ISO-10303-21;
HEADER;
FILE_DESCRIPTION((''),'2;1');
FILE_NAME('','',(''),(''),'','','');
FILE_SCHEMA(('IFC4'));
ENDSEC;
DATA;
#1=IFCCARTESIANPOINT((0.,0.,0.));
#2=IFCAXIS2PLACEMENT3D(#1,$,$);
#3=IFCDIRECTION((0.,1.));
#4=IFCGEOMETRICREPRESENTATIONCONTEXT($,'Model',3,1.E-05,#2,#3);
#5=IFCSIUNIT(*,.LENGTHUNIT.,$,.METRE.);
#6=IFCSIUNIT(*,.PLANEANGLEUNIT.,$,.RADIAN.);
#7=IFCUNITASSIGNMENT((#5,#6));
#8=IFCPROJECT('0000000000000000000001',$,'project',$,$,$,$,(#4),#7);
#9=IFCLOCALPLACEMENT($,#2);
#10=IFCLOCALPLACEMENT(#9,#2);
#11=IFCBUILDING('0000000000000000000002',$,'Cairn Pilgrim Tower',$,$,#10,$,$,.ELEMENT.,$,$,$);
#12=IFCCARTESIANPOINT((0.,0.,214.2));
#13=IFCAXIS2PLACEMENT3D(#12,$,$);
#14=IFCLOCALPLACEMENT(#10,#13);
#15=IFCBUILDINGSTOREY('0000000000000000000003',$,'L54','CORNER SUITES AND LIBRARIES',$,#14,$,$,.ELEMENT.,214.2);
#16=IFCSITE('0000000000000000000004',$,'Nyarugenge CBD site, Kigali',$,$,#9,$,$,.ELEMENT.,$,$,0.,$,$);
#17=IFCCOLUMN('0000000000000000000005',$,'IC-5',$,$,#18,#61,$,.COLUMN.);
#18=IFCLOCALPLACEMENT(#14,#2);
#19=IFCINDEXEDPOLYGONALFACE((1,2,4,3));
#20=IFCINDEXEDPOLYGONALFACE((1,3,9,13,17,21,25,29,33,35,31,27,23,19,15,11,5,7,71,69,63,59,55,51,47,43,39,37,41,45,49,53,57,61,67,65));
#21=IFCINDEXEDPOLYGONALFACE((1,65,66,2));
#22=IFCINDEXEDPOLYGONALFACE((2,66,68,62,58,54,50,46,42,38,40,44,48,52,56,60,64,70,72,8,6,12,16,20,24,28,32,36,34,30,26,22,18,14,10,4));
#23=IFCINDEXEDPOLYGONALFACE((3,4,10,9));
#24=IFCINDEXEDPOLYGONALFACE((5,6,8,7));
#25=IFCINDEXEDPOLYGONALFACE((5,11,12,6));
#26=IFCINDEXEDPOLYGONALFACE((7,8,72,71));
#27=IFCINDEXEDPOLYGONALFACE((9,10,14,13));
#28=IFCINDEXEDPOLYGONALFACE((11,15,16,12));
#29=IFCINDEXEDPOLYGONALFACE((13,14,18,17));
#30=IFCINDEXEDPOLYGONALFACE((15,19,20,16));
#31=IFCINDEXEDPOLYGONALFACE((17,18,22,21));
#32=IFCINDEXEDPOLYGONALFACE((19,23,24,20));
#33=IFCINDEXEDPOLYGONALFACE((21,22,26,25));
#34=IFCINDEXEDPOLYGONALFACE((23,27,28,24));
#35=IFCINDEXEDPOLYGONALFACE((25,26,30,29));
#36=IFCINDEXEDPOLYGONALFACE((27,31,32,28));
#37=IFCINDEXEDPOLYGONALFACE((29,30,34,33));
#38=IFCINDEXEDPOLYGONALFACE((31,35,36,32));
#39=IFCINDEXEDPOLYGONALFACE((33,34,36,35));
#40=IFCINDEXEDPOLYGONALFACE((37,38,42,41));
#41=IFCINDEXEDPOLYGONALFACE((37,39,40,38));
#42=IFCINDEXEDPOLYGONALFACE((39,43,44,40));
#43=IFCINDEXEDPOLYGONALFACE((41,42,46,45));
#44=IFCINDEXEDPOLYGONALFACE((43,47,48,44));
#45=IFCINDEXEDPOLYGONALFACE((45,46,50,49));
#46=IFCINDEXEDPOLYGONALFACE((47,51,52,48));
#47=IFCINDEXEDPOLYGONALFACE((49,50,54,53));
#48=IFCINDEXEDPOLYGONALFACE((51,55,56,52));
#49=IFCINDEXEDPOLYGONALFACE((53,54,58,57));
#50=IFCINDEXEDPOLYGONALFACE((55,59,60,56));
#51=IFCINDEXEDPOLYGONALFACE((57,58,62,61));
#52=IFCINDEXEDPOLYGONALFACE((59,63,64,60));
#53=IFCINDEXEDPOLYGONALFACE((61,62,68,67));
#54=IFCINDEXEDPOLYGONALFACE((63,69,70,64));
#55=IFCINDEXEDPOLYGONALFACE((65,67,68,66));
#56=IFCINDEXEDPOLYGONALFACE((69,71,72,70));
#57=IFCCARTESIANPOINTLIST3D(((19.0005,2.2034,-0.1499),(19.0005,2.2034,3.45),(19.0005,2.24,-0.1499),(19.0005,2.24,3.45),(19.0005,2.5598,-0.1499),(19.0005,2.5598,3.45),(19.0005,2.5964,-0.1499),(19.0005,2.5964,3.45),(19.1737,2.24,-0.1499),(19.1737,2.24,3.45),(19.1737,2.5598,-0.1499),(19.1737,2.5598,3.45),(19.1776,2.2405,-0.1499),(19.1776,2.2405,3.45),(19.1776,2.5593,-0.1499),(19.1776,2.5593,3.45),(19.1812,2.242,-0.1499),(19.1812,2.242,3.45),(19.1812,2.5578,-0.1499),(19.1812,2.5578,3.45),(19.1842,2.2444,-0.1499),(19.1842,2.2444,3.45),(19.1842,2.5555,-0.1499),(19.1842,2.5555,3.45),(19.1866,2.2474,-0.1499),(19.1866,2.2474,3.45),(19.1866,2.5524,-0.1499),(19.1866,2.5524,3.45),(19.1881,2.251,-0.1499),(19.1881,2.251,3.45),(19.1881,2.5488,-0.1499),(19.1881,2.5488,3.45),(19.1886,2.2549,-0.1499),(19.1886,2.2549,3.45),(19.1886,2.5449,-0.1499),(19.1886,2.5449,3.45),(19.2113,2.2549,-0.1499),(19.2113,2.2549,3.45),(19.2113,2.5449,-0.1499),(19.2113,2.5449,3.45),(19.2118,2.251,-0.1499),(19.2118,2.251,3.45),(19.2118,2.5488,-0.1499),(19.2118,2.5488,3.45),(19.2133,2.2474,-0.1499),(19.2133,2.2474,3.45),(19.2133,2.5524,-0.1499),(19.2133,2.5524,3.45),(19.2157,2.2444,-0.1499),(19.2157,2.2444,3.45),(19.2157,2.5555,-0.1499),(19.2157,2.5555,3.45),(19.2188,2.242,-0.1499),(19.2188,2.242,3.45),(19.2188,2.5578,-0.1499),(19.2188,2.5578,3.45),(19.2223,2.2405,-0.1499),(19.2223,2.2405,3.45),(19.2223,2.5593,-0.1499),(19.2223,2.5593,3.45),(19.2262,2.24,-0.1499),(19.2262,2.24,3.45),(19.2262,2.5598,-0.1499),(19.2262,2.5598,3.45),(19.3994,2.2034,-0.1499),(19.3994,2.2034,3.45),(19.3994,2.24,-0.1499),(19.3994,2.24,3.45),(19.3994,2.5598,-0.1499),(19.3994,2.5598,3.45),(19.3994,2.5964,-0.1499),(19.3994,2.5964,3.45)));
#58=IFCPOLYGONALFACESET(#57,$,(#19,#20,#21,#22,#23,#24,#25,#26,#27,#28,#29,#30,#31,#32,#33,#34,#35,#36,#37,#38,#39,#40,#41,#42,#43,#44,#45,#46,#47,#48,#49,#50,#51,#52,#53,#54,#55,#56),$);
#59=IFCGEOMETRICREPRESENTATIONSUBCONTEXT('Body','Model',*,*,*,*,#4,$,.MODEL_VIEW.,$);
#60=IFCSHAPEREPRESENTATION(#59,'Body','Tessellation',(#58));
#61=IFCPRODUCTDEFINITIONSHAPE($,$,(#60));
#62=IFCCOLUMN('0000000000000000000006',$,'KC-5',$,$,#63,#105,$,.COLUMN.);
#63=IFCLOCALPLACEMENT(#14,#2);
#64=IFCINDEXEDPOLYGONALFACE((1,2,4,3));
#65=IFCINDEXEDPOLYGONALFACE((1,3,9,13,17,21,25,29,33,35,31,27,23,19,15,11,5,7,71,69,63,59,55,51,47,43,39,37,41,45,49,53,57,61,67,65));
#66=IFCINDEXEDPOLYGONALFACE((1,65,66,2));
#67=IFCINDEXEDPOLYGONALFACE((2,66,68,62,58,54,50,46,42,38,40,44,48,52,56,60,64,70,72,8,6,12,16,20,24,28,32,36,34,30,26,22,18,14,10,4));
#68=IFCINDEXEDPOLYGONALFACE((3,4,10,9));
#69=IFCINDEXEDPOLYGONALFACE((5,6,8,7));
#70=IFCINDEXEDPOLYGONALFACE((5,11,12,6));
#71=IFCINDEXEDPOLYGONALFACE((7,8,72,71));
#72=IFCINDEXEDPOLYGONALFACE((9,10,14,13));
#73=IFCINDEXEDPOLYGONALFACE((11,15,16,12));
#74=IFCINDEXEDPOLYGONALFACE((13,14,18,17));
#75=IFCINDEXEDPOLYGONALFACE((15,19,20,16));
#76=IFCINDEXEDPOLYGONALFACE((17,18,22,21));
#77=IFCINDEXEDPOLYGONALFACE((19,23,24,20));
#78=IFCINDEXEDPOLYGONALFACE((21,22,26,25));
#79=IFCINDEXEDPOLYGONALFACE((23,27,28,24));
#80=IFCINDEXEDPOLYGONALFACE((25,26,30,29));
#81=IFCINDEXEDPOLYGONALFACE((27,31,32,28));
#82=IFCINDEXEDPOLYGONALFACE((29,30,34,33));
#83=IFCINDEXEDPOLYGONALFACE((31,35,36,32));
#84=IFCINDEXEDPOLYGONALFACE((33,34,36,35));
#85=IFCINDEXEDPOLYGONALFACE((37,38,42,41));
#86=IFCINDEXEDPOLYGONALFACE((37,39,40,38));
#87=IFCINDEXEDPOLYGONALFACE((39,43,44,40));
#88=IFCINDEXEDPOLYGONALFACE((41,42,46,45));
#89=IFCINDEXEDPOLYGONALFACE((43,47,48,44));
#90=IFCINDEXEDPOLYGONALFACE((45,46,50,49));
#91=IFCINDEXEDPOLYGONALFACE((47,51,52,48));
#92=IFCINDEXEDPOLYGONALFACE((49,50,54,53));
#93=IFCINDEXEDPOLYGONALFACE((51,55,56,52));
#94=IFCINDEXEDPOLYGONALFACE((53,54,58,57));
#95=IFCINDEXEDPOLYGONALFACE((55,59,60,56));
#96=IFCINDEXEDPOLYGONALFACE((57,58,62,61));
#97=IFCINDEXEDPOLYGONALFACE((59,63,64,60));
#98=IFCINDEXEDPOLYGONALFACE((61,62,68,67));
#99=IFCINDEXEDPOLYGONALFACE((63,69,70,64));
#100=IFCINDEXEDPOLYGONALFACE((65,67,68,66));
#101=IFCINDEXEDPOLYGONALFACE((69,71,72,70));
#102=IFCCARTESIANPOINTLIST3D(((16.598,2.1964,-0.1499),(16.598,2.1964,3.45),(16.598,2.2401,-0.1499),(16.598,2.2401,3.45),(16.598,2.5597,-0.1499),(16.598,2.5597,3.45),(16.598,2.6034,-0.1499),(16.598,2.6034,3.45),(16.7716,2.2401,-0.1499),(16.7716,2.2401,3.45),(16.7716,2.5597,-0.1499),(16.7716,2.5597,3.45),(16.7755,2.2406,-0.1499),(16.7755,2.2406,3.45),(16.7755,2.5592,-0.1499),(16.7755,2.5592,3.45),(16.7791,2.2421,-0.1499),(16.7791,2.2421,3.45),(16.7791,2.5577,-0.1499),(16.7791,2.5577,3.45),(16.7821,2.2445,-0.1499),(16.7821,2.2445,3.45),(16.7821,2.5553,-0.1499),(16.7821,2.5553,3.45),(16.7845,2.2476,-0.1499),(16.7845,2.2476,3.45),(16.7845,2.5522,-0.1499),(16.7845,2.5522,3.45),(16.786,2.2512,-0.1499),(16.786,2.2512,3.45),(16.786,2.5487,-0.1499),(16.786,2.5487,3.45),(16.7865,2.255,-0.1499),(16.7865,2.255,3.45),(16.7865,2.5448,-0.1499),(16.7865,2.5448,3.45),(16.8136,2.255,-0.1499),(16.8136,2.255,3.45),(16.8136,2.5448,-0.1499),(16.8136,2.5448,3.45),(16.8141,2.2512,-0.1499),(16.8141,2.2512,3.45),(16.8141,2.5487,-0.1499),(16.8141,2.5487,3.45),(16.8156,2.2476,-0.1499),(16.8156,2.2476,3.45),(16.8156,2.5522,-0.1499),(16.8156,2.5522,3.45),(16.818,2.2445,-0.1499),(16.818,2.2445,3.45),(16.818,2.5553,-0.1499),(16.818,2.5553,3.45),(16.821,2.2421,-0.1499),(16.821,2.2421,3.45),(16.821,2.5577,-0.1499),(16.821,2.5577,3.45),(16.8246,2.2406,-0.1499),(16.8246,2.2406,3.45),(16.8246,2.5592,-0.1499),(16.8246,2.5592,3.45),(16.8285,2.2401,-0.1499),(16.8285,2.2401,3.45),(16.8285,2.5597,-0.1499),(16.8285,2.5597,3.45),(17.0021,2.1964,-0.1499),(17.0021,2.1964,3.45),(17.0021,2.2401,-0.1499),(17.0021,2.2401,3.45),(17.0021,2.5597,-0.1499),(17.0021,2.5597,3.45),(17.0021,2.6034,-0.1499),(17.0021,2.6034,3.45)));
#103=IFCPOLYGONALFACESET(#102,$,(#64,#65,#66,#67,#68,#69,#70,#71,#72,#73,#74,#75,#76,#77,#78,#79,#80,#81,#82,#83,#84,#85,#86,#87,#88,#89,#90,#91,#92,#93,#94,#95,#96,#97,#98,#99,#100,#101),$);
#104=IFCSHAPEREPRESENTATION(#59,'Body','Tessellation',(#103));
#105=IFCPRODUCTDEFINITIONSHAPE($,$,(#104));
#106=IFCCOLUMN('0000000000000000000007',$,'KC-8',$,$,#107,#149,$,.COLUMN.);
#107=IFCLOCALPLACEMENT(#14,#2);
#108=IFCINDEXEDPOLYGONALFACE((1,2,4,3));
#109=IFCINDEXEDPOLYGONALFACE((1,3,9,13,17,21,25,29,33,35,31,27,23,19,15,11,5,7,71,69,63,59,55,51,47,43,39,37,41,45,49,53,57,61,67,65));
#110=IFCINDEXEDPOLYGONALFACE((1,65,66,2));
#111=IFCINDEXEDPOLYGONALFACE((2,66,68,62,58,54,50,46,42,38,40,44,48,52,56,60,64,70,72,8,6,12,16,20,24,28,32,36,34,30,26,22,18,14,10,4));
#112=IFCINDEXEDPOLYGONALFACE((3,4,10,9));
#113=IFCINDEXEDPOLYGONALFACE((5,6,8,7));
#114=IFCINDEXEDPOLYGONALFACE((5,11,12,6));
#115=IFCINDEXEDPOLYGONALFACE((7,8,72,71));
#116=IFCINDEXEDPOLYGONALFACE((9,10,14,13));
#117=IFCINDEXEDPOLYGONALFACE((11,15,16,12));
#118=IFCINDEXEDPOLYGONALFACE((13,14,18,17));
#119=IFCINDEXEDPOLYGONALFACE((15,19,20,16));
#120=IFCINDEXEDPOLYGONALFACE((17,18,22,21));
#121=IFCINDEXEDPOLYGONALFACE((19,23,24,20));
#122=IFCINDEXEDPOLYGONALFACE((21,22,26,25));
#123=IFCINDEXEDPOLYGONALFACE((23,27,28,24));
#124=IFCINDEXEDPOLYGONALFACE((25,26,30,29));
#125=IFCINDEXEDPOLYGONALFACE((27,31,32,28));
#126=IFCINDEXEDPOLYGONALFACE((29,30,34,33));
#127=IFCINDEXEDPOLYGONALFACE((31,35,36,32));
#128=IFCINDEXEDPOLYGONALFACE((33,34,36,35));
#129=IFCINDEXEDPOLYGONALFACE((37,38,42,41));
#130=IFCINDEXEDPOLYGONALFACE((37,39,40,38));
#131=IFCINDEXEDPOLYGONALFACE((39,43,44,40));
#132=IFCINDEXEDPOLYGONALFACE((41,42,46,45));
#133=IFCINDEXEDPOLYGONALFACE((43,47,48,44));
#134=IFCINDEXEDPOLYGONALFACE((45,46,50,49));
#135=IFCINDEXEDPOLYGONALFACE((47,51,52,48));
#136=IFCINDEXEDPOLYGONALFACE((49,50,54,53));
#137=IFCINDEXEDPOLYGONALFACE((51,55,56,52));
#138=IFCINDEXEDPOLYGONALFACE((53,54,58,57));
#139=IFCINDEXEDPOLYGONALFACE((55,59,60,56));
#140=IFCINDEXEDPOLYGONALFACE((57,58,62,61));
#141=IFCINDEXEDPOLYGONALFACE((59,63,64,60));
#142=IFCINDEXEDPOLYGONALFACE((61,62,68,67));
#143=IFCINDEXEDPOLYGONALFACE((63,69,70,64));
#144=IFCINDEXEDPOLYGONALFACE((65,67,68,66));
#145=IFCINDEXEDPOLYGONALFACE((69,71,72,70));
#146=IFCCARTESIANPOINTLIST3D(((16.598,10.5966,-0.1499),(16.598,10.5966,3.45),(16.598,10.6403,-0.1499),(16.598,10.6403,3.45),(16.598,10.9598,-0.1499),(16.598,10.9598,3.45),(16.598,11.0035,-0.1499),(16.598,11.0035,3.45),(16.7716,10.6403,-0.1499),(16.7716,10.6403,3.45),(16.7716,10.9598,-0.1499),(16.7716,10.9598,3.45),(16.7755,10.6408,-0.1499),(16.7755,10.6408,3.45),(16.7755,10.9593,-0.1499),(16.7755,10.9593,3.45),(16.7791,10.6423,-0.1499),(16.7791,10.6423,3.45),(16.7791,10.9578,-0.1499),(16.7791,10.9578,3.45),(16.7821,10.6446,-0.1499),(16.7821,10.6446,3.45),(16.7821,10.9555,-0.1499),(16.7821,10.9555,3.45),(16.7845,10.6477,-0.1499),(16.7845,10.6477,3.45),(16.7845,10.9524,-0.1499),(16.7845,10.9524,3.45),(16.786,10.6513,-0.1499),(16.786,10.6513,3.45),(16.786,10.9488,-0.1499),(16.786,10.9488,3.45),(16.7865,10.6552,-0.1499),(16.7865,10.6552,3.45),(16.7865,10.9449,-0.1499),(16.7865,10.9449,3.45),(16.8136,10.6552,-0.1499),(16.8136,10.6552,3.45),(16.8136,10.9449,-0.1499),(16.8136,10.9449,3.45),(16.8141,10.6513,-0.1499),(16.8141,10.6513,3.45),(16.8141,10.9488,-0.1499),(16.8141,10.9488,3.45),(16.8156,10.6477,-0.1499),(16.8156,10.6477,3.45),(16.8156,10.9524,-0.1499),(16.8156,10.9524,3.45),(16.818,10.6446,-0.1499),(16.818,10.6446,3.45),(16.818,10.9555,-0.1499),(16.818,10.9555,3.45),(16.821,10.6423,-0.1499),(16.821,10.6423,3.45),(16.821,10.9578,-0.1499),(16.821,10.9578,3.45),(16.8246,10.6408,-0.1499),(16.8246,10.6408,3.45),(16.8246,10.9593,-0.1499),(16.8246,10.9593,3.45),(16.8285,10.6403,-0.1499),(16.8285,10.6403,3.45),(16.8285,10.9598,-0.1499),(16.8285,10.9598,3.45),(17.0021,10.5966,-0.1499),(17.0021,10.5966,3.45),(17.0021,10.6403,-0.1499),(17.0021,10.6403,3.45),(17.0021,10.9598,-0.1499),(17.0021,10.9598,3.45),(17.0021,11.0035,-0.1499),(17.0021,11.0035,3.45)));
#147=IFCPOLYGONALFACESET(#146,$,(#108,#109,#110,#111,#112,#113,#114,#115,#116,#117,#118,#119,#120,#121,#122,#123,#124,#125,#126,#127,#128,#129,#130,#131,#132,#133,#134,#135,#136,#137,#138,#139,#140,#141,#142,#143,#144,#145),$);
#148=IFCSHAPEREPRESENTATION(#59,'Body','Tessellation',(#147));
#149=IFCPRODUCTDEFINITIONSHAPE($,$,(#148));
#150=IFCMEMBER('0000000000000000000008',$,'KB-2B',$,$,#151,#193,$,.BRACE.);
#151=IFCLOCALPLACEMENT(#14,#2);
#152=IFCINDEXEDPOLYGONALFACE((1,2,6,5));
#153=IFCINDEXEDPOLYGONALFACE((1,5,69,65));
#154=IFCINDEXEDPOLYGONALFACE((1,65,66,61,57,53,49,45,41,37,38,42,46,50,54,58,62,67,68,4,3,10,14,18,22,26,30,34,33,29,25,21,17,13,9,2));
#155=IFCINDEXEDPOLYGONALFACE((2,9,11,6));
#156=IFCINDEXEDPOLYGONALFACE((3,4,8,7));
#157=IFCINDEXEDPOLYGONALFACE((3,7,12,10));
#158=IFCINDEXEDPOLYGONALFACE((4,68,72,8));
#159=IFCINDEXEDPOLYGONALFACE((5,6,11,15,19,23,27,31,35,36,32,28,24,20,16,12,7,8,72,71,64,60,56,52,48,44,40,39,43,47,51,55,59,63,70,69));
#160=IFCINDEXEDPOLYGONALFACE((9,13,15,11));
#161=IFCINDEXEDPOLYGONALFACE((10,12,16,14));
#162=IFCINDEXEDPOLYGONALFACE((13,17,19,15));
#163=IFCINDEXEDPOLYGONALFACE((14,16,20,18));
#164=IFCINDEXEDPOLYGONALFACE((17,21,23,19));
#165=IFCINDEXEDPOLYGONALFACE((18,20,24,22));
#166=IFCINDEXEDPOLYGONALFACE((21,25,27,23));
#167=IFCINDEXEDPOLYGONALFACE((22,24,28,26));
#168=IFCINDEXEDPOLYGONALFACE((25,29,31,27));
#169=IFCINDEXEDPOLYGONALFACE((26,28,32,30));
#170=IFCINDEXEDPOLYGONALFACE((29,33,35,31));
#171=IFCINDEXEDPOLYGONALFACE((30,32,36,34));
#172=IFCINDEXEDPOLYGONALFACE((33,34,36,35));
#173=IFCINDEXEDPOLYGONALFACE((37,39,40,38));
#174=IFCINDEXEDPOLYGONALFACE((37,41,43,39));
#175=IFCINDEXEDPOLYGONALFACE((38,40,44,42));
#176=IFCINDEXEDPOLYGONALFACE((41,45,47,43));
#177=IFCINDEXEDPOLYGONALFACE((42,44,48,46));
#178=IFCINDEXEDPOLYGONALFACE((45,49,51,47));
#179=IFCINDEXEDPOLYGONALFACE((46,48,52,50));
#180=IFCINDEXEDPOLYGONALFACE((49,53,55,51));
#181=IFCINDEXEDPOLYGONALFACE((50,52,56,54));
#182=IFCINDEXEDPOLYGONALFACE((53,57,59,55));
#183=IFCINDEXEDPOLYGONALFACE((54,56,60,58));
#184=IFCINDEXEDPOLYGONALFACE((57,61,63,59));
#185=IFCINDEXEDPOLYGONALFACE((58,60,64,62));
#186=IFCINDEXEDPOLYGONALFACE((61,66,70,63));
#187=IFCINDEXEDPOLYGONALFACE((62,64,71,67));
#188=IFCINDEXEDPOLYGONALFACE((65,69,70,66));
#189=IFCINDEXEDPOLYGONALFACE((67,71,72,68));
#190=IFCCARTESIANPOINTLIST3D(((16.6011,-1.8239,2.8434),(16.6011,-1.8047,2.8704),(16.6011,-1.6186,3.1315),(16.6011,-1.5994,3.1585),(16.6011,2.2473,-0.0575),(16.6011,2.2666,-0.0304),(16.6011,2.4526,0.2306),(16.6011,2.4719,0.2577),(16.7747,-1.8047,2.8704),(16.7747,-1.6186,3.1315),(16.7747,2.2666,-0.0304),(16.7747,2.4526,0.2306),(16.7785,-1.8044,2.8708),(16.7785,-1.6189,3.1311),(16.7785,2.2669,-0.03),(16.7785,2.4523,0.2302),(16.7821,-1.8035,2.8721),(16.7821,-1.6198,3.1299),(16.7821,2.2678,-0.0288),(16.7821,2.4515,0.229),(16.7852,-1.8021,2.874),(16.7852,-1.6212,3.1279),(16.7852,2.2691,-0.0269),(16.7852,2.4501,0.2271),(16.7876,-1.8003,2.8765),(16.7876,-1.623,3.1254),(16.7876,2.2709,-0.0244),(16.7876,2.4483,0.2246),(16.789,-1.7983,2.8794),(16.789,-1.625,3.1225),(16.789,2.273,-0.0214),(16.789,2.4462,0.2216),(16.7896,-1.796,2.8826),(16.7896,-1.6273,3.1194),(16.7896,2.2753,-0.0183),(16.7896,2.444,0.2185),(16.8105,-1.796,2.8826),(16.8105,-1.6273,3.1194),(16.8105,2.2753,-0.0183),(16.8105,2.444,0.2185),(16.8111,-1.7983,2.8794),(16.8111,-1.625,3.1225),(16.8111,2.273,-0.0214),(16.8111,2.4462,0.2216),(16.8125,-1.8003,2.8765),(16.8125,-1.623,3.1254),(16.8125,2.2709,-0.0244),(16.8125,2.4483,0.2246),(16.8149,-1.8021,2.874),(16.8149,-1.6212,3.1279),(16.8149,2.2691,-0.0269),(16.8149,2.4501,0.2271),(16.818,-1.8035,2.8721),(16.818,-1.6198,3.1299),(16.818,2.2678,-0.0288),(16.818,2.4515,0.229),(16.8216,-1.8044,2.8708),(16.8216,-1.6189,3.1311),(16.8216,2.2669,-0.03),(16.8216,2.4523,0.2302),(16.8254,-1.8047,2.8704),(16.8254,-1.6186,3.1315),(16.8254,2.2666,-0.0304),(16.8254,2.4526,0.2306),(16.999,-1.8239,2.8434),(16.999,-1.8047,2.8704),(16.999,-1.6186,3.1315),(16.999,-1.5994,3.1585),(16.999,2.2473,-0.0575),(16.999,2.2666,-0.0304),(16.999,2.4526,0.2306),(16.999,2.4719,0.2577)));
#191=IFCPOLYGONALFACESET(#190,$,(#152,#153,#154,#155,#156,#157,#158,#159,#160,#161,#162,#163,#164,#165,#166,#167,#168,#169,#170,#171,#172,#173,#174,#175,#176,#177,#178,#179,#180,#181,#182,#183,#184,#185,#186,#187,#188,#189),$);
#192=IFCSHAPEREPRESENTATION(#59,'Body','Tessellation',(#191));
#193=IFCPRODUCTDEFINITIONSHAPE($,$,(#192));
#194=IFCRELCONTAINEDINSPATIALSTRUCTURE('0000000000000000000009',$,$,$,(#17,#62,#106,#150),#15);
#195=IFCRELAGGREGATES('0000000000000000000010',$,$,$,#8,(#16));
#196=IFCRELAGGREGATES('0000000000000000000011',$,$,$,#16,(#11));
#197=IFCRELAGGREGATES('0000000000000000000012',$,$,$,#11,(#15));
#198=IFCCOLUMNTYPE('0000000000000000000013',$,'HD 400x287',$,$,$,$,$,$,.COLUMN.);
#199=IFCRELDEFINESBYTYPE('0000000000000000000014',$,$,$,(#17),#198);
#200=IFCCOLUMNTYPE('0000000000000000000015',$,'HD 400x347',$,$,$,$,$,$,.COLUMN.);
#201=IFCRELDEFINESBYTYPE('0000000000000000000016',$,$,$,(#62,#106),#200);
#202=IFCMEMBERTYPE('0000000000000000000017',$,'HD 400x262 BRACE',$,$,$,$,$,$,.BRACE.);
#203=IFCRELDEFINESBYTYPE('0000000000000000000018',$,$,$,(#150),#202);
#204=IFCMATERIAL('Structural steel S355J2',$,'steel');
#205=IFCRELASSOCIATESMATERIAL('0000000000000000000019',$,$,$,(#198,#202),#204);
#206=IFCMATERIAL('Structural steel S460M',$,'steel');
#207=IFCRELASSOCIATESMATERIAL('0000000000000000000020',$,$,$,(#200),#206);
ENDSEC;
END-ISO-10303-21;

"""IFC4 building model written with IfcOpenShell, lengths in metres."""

from ifc_helpers import new_model, si_unit, direction, frame, origin, origin_2d, place, context, subcontext, project, spatial, i_section, extrude, material, material_profile, profile_set, type_object, element, save


model = new_model("IFC4")

# Units and contexts
model_context = context("Model", 3, precision=1e-05, world=origin(), true_north=direction((0.0, 1.0)))
body_context = subcontext(model_context, "Body", "Model", "MODEL_VIEW")
ifc_project = project(units=[si_unit("LENGTHUNIT", "METRE"), si_unit("PLANEANGLEUNIT", "RADIAN")], contexts=[model_context])

# Site, building, storey
site_placement = place(None, origin())
site = spatial("IfcSite", under=ifc_project, at=site_placement, Name="Nyarugenge CBD site, Kigali", CompositionType="ELEMENT", RefElevation=0.0)
building_placement = place(site_placement, origin())
building = spatial("IfcBuilding", under=site, at=building_placement, Name="Cairn Pilgrim Tower", CompositionType="ELEMENT")
storey_placement = place(building_placement, frame((0.0, 0.0, 214.2)))
storey = spatial("IfcBuildingStorey", under=building, at=storey_placement, Name="L54", Description="CORNER SUITES AND LIBRARIES", CompositionType="ELEMENT", Elevation=214.2)

# Columns
ifc_material_1 = material(Name="Structural steel S355J2", Category="steel")
ifc_material_profile_1 = material_profile(ifc_material_1, i_section(OverallWidth=0.3989, OverallDepth=0.3931, WebThickness=0.0227, FlangeThickness=0.0366, FilletRadius=0.0149, at=origin_2d()), Name="HD 400x287")
ifc_profile_set_1 = profile_set([ifc_material_profile_1], Name="Structural steel S355J2")
column_type_1 = type_object("IfcColumnType", Name="HD 400x287", PredefinedType="COLUMN", material=ifc_profile_set_1)
column_placement = place(storey_placement, frame((19.2, 2.3999, -0.1499), z_axis=(0.0, 0.0, 1.0), x_axis=(1.0, 0.0, 0.0)))
element("IfcColumn", 1, at=column_placement, inside=storey, type_object=column_type_1, Name="IC-5", PredefinedType="COLUMN", context=body_context, shape_type="SweptSolid", body=[
    extrude(i_section(OverallWidth=0.3989, OverallDepth=0.3931, WebThickness=0.0227, FlangeThickness=0.0366, FilletRadius=0.0149, at=origin_2d()), origin(), (0.0, 0.0, 1.0), 3.5999),
])
ifc_material_2 = material(Name="Structural steel S460M", Category="steel")
ifc_material_profile_2 = material_profile(ifc_material_2, i_section(OverallWidth=0.4041, OverallDepth=0.407, WebThickness=0.0271, FlangeThickness=0.0437, FilletRadius=0.0149, at=origin_2d()), Name="HD 400x347")
ifc_profile_set_2 = profile_set([ifc_material_profile_2], Name="Structural steel S460M")
column_type_2 = type_object("IfcColumnType", Name="HD 400x347", PredefinedType="COLUMN", material=ifc_profile_set_2)
for number, where, z_axis, x_axis, name in (
    (2, (16.8, 2.3999, -0.1499), (0.0, 0.0, 1.0), (1.0, 0.0, 0.0), "KC-5"),
    (3, (16.8, 10.8, -0.1499), (0.0, 0.0, 1.0), (1.0, 0.0, 0.0), "KC-8"),
):
    element("IfcColumn", number, at=place(storey_placement, frame(where, z_axis=z_axis, x_axis=x_axis)), inside=storey, type_object=column_type_2, Name=name, PredefinedType="COLUMN", context=body_context, shape_type="SweptSolid", body=[
        extrude(i_section(OverallWidth=0.4041, OverallDepth=0.407, WebThickness=0.0271, FlangeThickness=0.0437, FilletRadius=0.0149, at=origin_2d()), origin(), (0.0, 0.0, 1.0), 3.5999),
    ])

# Member
ifc_material_profile_3 = material_profile(ifc_material_1, i_section(OverallWidth=0.3979, OverallDepth=0.387, WebThickness=0.021, FlangeThickness=0.0332, FilletRadius=0.0149, at=origin_2d()), Name="HD 400x262")
ifc_profile_set_3 = profile_set([ifc_material_profile_3], Name="Structural steel S355J2")
member_type = type_object("IfcMemberType", Name="HD 400x262 BRACE", PredefinedType="BRACE", material=ifc_profile_set_3)
member_1_placement = place(storey_placement, frame((16.8, 2.3596, 0.1001), z_axis=(0.0, -0.814413, 0.580286), x_axis=(1.0, 0.0, 0.0)))
element("IfcMember", 4, at=member_1_placement, inside=storey, type_object=member_type, Name="KB-2B", PredefinedType="BRACE", context=body_context, shape_type="SweptSolid", body=[
    extrude(i_section(OverallWidth=0.3979, OverallDepth=0.387, WebThickness=0.021, FlangeThickness=0.0332, FilletRadius=0.0149, at=origin_2d()), origin(), (0.0, 0.0, 1.0), 4.999),
])

save(model, "model.ifc")
